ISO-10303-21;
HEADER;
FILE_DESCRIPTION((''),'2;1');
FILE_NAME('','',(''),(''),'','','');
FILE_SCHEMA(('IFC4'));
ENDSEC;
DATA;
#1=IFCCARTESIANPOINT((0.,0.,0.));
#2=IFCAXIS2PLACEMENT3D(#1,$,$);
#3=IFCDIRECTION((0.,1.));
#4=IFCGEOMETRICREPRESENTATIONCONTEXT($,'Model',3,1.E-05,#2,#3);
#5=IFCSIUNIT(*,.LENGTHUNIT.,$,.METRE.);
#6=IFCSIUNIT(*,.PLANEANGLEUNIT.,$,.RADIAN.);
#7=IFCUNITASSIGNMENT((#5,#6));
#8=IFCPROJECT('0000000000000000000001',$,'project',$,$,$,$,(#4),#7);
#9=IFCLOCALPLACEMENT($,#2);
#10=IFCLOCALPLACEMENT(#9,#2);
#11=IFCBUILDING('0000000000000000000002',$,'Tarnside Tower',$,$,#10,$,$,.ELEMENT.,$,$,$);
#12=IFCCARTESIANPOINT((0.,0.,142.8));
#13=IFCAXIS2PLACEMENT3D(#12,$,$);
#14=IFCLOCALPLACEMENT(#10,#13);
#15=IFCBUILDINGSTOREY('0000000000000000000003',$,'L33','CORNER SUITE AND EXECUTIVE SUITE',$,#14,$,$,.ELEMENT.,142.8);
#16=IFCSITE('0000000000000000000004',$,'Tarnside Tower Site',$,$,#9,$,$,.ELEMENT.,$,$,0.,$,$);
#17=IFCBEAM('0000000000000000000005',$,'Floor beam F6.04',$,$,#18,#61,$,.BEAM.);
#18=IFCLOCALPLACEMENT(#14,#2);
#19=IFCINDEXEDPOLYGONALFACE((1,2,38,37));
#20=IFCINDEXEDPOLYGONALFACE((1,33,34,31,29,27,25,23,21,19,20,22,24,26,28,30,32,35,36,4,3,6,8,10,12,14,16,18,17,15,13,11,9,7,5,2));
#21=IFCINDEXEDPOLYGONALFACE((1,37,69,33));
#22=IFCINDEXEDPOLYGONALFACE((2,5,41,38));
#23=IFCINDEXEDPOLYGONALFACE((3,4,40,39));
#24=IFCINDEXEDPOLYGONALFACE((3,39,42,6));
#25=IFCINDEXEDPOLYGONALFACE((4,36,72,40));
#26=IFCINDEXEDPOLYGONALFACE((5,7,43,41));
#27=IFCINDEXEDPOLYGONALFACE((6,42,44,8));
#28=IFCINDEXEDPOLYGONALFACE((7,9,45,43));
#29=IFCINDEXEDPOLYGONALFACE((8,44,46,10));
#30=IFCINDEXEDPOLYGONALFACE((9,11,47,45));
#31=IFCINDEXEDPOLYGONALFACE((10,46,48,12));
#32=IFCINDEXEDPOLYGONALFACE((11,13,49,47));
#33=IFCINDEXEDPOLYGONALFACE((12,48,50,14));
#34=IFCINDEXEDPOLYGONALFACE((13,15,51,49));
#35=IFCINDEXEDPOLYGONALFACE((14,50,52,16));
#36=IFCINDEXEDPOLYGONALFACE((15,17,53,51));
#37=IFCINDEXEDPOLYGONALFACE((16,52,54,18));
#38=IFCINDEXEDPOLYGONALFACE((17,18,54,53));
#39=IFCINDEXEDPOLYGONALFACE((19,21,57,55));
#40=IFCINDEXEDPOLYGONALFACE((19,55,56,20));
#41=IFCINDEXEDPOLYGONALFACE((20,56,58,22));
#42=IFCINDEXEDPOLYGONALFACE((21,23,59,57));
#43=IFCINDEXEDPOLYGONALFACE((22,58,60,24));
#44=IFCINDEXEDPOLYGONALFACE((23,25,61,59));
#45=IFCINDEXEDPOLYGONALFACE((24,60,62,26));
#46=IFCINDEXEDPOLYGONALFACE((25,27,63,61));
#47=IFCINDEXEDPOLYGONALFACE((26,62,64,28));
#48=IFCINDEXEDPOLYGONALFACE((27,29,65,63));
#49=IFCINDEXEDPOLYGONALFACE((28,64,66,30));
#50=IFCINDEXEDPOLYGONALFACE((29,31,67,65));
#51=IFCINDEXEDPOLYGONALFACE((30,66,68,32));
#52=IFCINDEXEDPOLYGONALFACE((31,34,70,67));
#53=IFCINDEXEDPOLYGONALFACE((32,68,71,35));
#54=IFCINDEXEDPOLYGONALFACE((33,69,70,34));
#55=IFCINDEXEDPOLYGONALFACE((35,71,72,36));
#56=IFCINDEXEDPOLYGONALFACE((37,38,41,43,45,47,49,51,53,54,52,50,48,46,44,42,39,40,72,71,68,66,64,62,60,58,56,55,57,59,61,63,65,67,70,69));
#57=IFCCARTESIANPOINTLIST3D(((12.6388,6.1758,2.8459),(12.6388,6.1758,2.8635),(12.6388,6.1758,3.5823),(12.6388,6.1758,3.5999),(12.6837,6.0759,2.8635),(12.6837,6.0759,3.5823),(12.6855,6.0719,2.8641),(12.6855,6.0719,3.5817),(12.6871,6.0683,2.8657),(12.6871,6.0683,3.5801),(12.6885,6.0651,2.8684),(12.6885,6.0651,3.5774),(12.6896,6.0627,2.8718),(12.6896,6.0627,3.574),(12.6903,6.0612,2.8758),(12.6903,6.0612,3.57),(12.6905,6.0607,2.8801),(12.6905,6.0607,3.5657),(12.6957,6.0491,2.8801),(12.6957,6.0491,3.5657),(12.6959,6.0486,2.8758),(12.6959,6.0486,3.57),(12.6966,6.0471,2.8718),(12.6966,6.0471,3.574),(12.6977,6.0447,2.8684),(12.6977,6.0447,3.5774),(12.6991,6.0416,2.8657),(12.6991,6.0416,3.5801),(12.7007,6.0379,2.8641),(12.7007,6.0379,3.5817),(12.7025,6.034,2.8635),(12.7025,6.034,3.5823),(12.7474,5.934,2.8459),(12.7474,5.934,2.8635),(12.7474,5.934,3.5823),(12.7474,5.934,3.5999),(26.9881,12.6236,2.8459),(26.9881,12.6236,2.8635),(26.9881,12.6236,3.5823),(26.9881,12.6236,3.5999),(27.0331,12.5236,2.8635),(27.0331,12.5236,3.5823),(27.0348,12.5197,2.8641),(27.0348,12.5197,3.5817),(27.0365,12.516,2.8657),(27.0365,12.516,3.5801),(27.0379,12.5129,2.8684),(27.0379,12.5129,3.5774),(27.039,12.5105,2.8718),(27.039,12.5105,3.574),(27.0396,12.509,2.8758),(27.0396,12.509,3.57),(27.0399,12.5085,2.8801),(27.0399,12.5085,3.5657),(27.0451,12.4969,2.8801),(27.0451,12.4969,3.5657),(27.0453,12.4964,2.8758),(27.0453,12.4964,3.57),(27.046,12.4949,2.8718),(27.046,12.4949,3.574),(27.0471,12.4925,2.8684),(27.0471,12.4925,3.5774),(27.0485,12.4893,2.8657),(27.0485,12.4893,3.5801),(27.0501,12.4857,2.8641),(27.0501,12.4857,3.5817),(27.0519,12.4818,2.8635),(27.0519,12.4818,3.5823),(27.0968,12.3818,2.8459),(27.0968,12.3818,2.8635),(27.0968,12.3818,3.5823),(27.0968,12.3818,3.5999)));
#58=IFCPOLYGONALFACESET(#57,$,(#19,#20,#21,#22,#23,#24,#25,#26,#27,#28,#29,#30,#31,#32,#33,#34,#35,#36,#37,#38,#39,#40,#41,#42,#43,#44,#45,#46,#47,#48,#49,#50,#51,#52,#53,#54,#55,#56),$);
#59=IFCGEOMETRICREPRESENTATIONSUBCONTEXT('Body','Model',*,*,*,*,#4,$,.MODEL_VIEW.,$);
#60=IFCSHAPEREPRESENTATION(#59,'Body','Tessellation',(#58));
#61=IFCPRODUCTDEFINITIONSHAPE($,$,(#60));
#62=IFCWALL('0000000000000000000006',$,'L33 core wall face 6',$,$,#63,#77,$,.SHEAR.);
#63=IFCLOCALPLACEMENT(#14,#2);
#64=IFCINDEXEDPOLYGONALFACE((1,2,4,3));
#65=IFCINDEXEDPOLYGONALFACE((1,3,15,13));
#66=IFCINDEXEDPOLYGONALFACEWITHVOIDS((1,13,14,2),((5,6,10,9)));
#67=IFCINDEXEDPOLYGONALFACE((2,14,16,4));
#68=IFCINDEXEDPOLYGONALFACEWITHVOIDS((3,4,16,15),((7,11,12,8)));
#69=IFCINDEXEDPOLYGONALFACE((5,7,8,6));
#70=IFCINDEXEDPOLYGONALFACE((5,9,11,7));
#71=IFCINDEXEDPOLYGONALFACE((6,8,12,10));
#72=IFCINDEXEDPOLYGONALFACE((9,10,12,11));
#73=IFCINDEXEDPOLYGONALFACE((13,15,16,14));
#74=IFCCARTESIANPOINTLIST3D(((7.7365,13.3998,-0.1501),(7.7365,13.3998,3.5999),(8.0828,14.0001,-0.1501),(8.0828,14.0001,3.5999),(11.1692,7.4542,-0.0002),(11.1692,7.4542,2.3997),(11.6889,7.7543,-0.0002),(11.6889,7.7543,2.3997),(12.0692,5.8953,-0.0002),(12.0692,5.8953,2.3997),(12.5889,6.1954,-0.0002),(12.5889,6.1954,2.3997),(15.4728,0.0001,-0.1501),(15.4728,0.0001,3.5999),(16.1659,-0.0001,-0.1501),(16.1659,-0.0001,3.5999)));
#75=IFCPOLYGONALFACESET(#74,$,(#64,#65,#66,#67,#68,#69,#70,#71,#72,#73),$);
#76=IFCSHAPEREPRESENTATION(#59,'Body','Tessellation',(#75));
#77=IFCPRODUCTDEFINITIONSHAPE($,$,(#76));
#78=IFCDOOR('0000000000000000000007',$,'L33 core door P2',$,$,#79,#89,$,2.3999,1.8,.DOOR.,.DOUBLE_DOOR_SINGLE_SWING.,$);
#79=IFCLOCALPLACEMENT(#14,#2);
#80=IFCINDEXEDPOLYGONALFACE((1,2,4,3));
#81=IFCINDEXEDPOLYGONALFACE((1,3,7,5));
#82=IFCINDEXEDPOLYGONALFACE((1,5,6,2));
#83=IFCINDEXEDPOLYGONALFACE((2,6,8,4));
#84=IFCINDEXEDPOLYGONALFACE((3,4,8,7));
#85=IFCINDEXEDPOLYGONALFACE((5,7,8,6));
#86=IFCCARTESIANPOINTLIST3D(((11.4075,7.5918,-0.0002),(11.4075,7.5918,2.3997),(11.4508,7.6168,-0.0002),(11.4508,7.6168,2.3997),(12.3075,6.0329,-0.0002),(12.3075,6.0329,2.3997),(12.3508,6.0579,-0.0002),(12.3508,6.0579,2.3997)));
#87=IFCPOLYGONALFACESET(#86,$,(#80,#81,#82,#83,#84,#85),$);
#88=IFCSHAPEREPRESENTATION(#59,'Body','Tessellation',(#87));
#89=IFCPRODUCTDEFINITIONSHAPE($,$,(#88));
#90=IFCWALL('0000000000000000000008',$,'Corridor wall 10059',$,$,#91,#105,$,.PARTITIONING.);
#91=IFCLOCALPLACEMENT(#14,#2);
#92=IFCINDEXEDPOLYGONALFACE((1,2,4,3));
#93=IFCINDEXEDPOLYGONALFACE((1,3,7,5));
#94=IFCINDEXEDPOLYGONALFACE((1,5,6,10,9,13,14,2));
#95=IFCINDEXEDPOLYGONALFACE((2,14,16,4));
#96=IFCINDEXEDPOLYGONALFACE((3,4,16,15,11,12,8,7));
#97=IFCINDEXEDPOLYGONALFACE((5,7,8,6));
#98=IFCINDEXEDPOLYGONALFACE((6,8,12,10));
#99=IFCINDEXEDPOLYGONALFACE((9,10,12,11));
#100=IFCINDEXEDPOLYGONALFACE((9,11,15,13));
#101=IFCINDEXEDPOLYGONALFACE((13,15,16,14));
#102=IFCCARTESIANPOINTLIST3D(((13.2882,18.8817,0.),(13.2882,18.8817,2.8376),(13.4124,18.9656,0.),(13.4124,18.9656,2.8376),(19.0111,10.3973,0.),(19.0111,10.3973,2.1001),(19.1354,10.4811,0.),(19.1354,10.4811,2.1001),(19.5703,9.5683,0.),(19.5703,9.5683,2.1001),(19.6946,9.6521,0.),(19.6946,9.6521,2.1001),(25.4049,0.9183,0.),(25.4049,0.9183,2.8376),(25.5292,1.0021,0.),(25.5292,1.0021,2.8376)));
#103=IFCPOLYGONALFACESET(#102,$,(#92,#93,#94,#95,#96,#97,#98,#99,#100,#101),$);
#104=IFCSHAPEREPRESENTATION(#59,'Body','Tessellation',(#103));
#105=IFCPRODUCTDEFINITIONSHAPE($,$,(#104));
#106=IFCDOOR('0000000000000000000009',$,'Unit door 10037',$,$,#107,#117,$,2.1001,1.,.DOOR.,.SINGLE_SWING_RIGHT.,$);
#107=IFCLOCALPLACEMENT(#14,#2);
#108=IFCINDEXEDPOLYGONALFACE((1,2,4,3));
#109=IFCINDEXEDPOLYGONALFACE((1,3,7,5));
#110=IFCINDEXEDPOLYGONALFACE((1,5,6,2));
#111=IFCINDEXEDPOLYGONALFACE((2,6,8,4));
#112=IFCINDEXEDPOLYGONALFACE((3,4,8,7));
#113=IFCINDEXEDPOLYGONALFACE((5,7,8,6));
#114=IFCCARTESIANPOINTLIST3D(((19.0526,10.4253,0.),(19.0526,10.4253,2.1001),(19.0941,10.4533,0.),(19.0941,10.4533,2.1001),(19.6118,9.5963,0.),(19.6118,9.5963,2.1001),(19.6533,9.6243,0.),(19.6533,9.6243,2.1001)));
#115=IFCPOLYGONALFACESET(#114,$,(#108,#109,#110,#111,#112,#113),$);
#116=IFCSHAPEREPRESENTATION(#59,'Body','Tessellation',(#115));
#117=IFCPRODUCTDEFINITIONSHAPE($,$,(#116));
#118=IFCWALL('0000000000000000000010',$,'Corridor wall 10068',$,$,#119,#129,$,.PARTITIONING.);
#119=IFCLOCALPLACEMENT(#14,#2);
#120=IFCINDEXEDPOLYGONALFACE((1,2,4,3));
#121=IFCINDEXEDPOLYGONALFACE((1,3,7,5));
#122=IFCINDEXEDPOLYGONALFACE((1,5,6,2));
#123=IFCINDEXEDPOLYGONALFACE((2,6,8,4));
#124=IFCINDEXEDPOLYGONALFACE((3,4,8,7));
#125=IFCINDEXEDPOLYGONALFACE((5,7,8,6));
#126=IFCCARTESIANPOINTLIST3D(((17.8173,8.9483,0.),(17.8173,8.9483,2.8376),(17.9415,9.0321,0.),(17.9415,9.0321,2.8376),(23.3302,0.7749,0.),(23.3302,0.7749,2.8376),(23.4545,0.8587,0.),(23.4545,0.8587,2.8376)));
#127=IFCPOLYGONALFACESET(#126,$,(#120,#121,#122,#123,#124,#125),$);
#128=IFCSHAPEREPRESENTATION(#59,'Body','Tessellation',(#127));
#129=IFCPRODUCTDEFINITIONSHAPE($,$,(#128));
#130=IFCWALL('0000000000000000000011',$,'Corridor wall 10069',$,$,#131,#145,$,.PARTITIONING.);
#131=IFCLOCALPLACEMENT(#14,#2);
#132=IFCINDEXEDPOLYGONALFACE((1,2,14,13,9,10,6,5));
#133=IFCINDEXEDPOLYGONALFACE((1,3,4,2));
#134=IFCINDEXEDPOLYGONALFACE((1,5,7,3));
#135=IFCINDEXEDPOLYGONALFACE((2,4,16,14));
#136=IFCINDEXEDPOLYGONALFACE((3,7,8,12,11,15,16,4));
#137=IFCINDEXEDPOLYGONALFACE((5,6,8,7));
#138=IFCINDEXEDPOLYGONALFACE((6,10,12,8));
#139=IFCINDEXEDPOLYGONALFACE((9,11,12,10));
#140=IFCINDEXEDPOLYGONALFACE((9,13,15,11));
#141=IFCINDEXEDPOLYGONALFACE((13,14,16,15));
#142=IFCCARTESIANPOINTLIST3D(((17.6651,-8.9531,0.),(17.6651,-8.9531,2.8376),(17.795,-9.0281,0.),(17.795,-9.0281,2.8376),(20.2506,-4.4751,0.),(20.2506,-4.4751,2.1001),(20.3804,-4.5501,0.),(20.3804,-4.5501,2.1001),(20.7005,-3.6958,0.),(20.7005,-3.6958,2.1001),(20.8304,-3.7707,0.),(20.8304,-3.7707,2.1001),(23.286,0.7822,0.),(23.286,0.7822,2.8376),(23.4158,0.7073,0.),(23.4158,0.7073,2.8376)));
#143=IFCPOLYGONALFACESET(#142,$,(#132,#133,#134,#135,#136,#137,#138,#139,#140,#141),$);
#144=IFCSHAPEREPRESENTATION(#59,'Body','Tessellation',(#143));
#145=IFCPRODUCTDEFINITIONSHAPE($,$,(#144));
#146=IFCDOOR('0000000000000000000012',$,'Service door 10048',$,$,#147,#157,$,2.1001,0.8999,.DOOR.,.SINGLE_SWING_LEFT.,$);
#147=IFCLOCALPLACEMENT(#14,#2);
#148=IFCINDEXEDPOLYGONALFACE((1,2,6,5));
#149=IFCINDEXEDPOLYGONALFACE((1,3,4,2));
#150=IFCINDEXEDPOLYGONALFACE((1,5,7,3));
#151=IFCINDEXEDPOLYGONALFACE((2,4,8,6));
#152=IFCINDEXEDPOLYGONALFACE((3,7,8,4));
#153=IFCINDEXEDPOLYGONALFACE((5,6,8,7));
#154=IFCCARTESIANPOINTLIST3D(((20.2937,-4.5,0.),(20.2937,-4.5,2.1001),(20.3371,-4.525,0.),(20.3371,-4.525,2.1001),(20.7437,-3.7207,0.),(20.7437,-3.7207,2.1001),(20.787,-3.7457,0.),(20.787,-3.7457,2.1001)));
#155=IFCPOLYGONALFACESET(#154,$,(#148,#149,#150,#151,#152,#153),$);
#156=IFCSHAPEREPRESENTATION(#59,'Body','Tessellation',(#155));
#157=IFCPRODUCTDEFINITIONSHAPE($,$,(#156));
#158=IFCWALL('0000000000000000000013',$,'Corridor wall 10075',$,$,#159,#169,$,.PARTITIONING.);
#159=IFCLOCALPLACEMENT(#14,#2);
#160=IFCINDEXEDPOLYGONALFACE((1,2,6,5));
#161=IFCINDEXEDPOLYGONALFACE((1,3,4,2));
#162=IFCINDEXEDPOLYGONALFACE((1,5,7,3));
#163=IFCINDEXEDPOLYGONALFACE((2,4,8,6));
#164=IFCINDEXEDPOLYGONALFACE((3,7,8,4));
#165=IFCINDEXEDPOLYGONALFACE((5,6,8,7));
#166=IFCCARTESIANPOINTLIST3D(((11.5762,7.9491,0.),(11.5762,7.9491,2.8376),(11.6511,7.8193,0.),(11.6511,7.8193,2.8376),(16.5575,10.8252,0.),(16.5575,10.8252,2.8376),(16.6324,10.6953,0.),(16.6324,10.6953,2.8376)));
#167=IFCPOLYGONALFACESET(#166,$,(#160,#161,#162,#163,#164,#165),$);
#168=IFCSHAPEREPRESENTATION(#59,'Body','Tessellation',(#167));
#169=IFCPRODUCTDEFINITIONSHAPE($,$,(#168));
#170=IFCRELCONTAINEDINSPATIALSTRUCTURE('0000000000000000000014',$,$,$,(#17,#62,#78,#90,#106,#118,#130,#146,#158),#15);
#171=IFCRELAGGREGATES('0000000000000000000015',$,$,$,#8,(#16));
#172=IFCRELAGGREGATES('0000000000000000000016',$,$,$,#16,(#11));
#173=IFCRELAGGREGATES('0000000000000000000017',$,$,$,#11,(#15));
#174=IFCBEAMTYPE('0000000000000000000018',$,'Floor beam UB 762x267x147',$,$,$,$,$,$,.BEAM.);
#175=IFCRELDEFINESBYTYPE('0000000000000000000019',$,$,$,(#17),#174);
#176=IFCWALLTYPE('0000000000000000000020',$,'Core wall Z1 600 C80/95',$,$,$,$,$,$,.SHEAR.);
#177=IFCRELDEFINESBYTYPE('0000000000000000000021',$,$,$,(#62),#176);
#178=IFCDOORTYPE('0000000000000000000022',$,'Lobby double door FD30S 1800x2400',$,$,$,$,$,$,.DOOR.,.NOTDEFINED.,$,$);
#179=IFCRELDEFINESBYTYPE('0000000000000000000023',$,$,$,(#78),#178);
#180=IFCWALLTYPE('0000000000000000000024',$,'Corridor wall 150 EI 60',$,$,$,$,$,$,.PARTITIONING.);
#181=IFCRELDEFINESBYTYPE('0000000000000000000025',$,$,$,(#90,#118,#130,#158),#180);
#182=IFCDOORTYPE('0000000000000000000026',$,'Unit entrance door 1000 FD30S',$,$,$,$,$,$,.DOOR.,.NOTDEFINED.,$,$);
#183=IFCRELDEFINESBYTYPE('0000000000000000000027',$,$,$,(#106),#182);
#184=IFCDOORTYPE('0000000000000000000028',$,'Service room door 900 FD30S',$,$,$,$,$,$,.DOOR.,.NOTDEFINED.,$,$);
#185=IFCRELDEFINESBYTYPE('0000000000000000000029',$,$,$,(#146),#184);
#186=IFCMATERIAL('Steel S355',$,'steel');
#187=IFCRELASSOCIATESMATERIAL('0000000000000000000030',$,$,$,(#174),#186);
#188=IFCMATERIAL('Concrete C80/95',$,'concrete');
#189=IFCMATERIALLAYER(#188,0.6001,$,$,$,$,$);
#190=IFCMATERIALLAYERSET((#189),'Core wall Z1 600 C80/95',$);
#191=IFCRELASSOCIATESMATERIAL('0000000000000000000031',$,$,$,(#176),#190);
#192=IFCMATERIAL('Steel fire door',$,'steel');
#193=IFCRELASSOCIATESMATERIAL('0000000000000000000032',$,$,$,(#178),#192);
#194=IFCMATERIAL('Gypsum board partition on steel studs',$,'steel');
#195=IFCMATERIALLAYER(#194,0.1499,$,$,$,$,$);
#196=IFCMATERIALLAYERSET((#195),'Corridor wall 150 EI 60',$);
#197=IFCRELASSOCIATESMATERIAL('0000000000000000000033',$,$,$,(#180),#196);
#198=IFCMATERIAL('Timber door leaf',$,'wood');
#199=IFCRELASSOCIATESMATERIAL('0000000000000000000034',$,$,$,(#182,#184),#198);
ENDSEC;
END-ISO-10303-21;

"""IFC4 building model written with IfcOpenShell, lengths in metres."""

from ifc_helpers import new_model, si_unit, direction, frame, frame_2d, origin, origin_2d, place, context, subcontext, project, spatial, polyline, rectangle, i_section, outline, extrude, material, layer, layer_set, material_profile, profile_set, type_object, element, fill, save


model = new_model("IFC4")

# Units and contexts
model_context = context("Model", 3, precision=1e-05, world=origin(), true_north=direction((0.0, 1.0)))
body_context = subcontext(model_context, "Body", "Model", "MODEL_VIEW")
ifc_project = project(units=[si_unit("LENGTHUNIT", "METRE"), si_unit("PLANEANGLEUNIT", "RADIAN")], contexts=[model_context])

# Site, building, storey
site_placement = place(None, origin())
site = spatial("IfcSite", under=ifc_project, at=site_placement, Name="Tarnside Tower Site", CompositionType="ELEMENT", RefElevation=0.0)
building_placement = place(site_placement, origin())
building = spatial("IfcBuilding", under=site, at=building_placement, Name="Tarnside Tower", CompositionType="ELEMENT")
storey_placement = place(building_placement, frame((0.0, 0.0, 142.8)))
storey = spatial("IfcBuildingStorey", under=building, at=storey_placement, Name="L33", Description="CORNER SUITE AND EXECUTIVE SUITE", CompositionType="ELEMENT", Elevation=142.8)

# Beam
ifc_material_1 = material(Name="Steel S355", Category="steel")
ifc_material_profile = material_profile(ifc_material_1, i_section(OverallWidth=0.2651, OverallDepth=0.7539, WebThickness=0.0127, FlangeThickness=0.0176, FilletRadius=0.0166, at=origin_2d()), Name="UB 762x267x147")
ifc_profile_set = profile_set([ifc_material_profile], Name="Steel S355")
beam_type = type_object("IfcBeamType", Name="Floor beam UB 762x267x147", PredefinedType="BEAM", material=ifc_profile_set)
beam_placement = place(storey_placement, frame((27.0425, 12.5027, 3.2229), z_axis=(-0.912146, -0.409865, 0.0), x_axis=(0.409865, -0.912146, 0.0)))
element("IfcBeam", 1, at=beam_placement, inside=storey, type_object=beam_type, Name="Floor beam F6.04", PredefinedType="BEAM", context=body_context, shape_type="SweptSolid", body=[
    extrude(i_section(OverallWidth=0.2651, OverallDepth=0.7539, WebThickness=0.0127, FlangeThickness=0.0176, FilletRadius=0.0166, at=origin_2d()), origin(), (0.0, 0.0, 1.0), 15.7314),
])

# Walls, openings, doors
ifc_material_2 = material(Name="Concrete C80/95", Category="concrete")
ifc_layer_1 = layer(ifc_material_2, 0.6001)
ifc_layer_set_1 = layer_set([ifc_layer_1], Name="Core wall Z1 600 C80/95")
wall_type_1 = type_object("IfcWallType", Name="Core wall Z1 600 C80/95", PredefinedType="SHEAR", material=ifc_layer_set_1)
wall_1_placement = place(storey_placement, frame((15.8193, 0.0, -0.1501), z_axis=(0.0, 0.0, 1.0), x_axis=(-0.5, 0.866025, 0.0)))
wall_1 = element("IfcWall", 2, at=wall_1_placement, inside=storey, type_object=wall_type_1, Name="L33 core wall face 6", PredefinedType="SHEAR", context=body_context, shape_type="SweptSolid", body=[
    extrude(outline(polyline([(-0.1733, -0.3), (15.9927, -0.3), (15.646, 0.3), (0.1733, 0.3), (-0.1733, -0.3)])), origin(), (0.0, 0.0, 1.0), 3.75),
])
opening_1_placement = place(wall_1_placement, frame((6.9807, 0.0, 0.1499)))
opening_1 = element("IfcOpeningElement", 3, at=opening_1_placement, cuts=wall_1, PredefinedType="OPENING", context=body_context, shape_type="SweptSolid", body=[
    extrude(rectangle(XDim=1.8, YDim=2.3999, at=frame_2d((0.8999, 1.2))), frame((0.0, 0.3101, 0.0), z_axis=(0.0, -1.0, 0.0), x_axis=(1.0, 0.0, 0.0)), (0.0, 0.0, 1.0), 0.6201),
])
ifc_material_3 = material(Name="Steel fire door", Category="steel")
door_type_1 = type_object("IfcDoorType", Name="Lobby double door FD30S 1800x2400", OperationType="NOTDEFINED", PredefinedType="DOOR", material=ifc_material_3)
door_1_placement = place(opening_1_placement, origin())
door_1 = element("IfcDoor", 4, at=door_1_placement, inside=storey, type_object=door_type_1, Name="L33 core door P2", OperationType="DOUBLE_DOOR_SINGLE_SWING", OverallHeight=2.3999, OverallWidth=1.8, PredefinedType="DOOR", context=body_context, shape_type="SweptSolid", body=[
    extrude(rectangle(XDim=1.8, YDim=2.3999, at=frame_2d((0.8999, 1.2))), frame((0.0, 0.0249, 0.0), z_axis=(0.0, -1.0, 0.0), x_axis=(1.0, 0.0, 0.0)), (0.0, 0.0, 1.0), 0.05),
])
fill(opening_1, door_1)
ifc_material_4 = material(Name="Gypsum board partition on steel studs", Category="steel")
ifc_layer_2 = layer(ifc_material_4, 0.1499)
ifc_layer_set_2 = layer_set([ifc_layer_2], Name="Corridor wall 150 EI 60")
wall_type_2 = type_object("IfcWallType", Name="Corridor wall 150 EI 60", PredefinedType="PARTITIONING", material=ifc_layer_set_2)
wall_2_placement = place(storey_placement, frame((25.467, 0.9602, 0.0), z_axis=(0.0, 0.0, 1.0), x_axis=(-0.559201, 0.829032, 0.0)))
wall_2 = element("IfcWall", 5, at=wall_2_placement, inside=storey, type_object=wall_type_2, Name="Corridor wall 10059", PredefinedType="PARTITIONING", context=body_context, shape_type="SweptSolid", body=[
    extrude(rectangle(XDim=21.668, YDim=0.1499, at=frame_2d((10.834, 0.0))), origin(), (0.0, 0.0, 1.0), 2.8376),
])
opening_2_placement = place(wall_2_placement, frame((10.4338, 0.0, 0.0)))
opening_2 = element("IfcOpeningElement", 6, at=opening_2_placement, cuts=wall_2, PredefinedType="OPENING", context=body_context, shape_type="SweptSolid", body=[
    extrude(rectangle(XDim=1.0, YDim=2.1001, at=frame_2d((0.5, 1.05))), frame((0.0, 0.085, 0.0), z_axis=(0.0, -1.0, 0.0), x_axis=(1.0, 0.0, 0.0)), (0.0, 0.0, 1.0), 0.1699),
])
ifc_material_5 = material(Name="Timber door leaf", Category="wood")
door_type_2 = type_object("IfcDoorType", Name="Unit entrance door 1000 FD30S", OperationType="NOTDEFINED", PredefinedType="DOOR", material=ifc_material_5)
door_2_placement = place(opening_2_placement, origin())
door_2 = element("IfcDoor", 7, at=door_2_placement, inside=storey, type_object=door_type_2, Name="Unit door 10037", OperationType="SINGLE_SWING_RIGHT", OverallHeight=2.1001, OverallWidth=1.0, PredefinedType="DOOR", context=body_context, shape_type="SweptSolid", body=[
    extrude(rectangle(XDim=1.0, YDim=2.1001, at=frame_2d((0.5, 1.05))), frame((0.0, 0.0249, 0.0), z_axis=(0.0, -1.0, 0.0), x_axis=(1.0, 0.0, 0.0)), (0.0, 0.0, 1.0), 0.05),
])
fill(opening_2, door_2)

# Wall
wall_3_placement = place(storey_placement, frame((17.8794, 8.9902, 0.0), z_axis=(0.0, 0.0, 1.0), x_axis=(0.55919, -0.82904, 0.0)))
element("IfcWall", 8, at=wall_3_placement, inside=storey, type_object=wall_type_2, Name="Corridor wall 10068", PredefinedType="PARTITIONING", context=body_context, shape_type="SweptSolid", body=[
    extrude(rectangle(XDim=9.8589, YDim=0.1499, at=frame_2d((4.9294, 0.0))), origin(), (0.0, 0.0, 1.0), 2.8376),
])

# Wall, opening, door
wall_4_placement = place(storey_placement, frame((23.3508, 0.7446, 0.0), z_axis=(0.0, 0.0, 1.0), x_axis=(-0.500009, -0.86602, 0.0)))
wall_4 = element("IfcWall", 9, at=wall_4_placement, inside=storey, type_object=wall_type_2, Name="Corridor wall 10069", PredefinedType="PARTITIONING", context=body_context, shape_type="SweptSolid", body=[
    extrude(rectangle(XDim=11.2415, YDim=0.1499, at=frame_2d((5.6206, 0.0))), origin(), (0.0, 0.0, 1.0), 2.8376),
])
opening_3_placement = place(wall_4_placement, frame((5.1707, 0.0, 0.0)))
opening_3 = element("IfcOpeningElement", 10, at=opening_3_placement, cuts=wall_4, PredefinedType="OPENING", context=body_context, shape_type="SweptSolid", body=[
    extrude(rectangle(XDim=0.8999, YDim=2.1001, at=frame_2d((0.45, 1.05))), frame((0.0, 0.085, 0.0), z_axis=(0.0, -1.0, 0.0), x_axis=(1.0, 0.0, 0.0)), (0.0, 0.0, 1.0), 0.1699),
])
door_type_3 = type_object("IfcDoorType", Name="Service room door 900 FD30S", OperationType="NOTDEFINED", PredefinedType="DOOR", material=ifc_material_5)
door_3_placement = place(opening_3_placement, origin())
door_3 = element("IfcDoor", 11, at=door_3_placement, inside=storey, type_object=door_type_3, Name="Service door 10048", OperationType="SINGLE_SWING_LEFT", OverallHeight=2.1001, OverallWidth=0.8999, PredefinedType="DOOR", context=body_context, shape_type="SweptSolid", body=[
    extrude(rectangle(XDim=0.8999, YDim=2.1001, at=frame_2d((0.45, 1.05))), frame((0.0, 0.0249, 0.0), z_axis=(0.0, -1.0, 0.0), x_axis=(1.0, 0.0, 0.0)), (0.0, 0.0, 1.0), 0.05),
])
fill(opening_3, door_3)

# Wall
wall_5_placement = place(storey_placement, frame((16.595, 10.7603, 0.0), z_axis=(0.0, 0.0, 1.0), x_axis=(-0.866019, -0.50001, 0.0)))
element("IfcWall", 12, at=wall_5_placement, inside=storey, type_object=wall_type_2, Name="Corridor wall 10075", PredefinedType="PARTITIONING", context=body_context, shape_type="SweptSolid", body=[
    extrude(rectangle(XDim=5.752, YDim=0.1499, at=frame_2d((2.876, 0.0))), origin(), (0.0, 0.0, 1.0), 2.8376),
])

save(model, "model.ifc")
